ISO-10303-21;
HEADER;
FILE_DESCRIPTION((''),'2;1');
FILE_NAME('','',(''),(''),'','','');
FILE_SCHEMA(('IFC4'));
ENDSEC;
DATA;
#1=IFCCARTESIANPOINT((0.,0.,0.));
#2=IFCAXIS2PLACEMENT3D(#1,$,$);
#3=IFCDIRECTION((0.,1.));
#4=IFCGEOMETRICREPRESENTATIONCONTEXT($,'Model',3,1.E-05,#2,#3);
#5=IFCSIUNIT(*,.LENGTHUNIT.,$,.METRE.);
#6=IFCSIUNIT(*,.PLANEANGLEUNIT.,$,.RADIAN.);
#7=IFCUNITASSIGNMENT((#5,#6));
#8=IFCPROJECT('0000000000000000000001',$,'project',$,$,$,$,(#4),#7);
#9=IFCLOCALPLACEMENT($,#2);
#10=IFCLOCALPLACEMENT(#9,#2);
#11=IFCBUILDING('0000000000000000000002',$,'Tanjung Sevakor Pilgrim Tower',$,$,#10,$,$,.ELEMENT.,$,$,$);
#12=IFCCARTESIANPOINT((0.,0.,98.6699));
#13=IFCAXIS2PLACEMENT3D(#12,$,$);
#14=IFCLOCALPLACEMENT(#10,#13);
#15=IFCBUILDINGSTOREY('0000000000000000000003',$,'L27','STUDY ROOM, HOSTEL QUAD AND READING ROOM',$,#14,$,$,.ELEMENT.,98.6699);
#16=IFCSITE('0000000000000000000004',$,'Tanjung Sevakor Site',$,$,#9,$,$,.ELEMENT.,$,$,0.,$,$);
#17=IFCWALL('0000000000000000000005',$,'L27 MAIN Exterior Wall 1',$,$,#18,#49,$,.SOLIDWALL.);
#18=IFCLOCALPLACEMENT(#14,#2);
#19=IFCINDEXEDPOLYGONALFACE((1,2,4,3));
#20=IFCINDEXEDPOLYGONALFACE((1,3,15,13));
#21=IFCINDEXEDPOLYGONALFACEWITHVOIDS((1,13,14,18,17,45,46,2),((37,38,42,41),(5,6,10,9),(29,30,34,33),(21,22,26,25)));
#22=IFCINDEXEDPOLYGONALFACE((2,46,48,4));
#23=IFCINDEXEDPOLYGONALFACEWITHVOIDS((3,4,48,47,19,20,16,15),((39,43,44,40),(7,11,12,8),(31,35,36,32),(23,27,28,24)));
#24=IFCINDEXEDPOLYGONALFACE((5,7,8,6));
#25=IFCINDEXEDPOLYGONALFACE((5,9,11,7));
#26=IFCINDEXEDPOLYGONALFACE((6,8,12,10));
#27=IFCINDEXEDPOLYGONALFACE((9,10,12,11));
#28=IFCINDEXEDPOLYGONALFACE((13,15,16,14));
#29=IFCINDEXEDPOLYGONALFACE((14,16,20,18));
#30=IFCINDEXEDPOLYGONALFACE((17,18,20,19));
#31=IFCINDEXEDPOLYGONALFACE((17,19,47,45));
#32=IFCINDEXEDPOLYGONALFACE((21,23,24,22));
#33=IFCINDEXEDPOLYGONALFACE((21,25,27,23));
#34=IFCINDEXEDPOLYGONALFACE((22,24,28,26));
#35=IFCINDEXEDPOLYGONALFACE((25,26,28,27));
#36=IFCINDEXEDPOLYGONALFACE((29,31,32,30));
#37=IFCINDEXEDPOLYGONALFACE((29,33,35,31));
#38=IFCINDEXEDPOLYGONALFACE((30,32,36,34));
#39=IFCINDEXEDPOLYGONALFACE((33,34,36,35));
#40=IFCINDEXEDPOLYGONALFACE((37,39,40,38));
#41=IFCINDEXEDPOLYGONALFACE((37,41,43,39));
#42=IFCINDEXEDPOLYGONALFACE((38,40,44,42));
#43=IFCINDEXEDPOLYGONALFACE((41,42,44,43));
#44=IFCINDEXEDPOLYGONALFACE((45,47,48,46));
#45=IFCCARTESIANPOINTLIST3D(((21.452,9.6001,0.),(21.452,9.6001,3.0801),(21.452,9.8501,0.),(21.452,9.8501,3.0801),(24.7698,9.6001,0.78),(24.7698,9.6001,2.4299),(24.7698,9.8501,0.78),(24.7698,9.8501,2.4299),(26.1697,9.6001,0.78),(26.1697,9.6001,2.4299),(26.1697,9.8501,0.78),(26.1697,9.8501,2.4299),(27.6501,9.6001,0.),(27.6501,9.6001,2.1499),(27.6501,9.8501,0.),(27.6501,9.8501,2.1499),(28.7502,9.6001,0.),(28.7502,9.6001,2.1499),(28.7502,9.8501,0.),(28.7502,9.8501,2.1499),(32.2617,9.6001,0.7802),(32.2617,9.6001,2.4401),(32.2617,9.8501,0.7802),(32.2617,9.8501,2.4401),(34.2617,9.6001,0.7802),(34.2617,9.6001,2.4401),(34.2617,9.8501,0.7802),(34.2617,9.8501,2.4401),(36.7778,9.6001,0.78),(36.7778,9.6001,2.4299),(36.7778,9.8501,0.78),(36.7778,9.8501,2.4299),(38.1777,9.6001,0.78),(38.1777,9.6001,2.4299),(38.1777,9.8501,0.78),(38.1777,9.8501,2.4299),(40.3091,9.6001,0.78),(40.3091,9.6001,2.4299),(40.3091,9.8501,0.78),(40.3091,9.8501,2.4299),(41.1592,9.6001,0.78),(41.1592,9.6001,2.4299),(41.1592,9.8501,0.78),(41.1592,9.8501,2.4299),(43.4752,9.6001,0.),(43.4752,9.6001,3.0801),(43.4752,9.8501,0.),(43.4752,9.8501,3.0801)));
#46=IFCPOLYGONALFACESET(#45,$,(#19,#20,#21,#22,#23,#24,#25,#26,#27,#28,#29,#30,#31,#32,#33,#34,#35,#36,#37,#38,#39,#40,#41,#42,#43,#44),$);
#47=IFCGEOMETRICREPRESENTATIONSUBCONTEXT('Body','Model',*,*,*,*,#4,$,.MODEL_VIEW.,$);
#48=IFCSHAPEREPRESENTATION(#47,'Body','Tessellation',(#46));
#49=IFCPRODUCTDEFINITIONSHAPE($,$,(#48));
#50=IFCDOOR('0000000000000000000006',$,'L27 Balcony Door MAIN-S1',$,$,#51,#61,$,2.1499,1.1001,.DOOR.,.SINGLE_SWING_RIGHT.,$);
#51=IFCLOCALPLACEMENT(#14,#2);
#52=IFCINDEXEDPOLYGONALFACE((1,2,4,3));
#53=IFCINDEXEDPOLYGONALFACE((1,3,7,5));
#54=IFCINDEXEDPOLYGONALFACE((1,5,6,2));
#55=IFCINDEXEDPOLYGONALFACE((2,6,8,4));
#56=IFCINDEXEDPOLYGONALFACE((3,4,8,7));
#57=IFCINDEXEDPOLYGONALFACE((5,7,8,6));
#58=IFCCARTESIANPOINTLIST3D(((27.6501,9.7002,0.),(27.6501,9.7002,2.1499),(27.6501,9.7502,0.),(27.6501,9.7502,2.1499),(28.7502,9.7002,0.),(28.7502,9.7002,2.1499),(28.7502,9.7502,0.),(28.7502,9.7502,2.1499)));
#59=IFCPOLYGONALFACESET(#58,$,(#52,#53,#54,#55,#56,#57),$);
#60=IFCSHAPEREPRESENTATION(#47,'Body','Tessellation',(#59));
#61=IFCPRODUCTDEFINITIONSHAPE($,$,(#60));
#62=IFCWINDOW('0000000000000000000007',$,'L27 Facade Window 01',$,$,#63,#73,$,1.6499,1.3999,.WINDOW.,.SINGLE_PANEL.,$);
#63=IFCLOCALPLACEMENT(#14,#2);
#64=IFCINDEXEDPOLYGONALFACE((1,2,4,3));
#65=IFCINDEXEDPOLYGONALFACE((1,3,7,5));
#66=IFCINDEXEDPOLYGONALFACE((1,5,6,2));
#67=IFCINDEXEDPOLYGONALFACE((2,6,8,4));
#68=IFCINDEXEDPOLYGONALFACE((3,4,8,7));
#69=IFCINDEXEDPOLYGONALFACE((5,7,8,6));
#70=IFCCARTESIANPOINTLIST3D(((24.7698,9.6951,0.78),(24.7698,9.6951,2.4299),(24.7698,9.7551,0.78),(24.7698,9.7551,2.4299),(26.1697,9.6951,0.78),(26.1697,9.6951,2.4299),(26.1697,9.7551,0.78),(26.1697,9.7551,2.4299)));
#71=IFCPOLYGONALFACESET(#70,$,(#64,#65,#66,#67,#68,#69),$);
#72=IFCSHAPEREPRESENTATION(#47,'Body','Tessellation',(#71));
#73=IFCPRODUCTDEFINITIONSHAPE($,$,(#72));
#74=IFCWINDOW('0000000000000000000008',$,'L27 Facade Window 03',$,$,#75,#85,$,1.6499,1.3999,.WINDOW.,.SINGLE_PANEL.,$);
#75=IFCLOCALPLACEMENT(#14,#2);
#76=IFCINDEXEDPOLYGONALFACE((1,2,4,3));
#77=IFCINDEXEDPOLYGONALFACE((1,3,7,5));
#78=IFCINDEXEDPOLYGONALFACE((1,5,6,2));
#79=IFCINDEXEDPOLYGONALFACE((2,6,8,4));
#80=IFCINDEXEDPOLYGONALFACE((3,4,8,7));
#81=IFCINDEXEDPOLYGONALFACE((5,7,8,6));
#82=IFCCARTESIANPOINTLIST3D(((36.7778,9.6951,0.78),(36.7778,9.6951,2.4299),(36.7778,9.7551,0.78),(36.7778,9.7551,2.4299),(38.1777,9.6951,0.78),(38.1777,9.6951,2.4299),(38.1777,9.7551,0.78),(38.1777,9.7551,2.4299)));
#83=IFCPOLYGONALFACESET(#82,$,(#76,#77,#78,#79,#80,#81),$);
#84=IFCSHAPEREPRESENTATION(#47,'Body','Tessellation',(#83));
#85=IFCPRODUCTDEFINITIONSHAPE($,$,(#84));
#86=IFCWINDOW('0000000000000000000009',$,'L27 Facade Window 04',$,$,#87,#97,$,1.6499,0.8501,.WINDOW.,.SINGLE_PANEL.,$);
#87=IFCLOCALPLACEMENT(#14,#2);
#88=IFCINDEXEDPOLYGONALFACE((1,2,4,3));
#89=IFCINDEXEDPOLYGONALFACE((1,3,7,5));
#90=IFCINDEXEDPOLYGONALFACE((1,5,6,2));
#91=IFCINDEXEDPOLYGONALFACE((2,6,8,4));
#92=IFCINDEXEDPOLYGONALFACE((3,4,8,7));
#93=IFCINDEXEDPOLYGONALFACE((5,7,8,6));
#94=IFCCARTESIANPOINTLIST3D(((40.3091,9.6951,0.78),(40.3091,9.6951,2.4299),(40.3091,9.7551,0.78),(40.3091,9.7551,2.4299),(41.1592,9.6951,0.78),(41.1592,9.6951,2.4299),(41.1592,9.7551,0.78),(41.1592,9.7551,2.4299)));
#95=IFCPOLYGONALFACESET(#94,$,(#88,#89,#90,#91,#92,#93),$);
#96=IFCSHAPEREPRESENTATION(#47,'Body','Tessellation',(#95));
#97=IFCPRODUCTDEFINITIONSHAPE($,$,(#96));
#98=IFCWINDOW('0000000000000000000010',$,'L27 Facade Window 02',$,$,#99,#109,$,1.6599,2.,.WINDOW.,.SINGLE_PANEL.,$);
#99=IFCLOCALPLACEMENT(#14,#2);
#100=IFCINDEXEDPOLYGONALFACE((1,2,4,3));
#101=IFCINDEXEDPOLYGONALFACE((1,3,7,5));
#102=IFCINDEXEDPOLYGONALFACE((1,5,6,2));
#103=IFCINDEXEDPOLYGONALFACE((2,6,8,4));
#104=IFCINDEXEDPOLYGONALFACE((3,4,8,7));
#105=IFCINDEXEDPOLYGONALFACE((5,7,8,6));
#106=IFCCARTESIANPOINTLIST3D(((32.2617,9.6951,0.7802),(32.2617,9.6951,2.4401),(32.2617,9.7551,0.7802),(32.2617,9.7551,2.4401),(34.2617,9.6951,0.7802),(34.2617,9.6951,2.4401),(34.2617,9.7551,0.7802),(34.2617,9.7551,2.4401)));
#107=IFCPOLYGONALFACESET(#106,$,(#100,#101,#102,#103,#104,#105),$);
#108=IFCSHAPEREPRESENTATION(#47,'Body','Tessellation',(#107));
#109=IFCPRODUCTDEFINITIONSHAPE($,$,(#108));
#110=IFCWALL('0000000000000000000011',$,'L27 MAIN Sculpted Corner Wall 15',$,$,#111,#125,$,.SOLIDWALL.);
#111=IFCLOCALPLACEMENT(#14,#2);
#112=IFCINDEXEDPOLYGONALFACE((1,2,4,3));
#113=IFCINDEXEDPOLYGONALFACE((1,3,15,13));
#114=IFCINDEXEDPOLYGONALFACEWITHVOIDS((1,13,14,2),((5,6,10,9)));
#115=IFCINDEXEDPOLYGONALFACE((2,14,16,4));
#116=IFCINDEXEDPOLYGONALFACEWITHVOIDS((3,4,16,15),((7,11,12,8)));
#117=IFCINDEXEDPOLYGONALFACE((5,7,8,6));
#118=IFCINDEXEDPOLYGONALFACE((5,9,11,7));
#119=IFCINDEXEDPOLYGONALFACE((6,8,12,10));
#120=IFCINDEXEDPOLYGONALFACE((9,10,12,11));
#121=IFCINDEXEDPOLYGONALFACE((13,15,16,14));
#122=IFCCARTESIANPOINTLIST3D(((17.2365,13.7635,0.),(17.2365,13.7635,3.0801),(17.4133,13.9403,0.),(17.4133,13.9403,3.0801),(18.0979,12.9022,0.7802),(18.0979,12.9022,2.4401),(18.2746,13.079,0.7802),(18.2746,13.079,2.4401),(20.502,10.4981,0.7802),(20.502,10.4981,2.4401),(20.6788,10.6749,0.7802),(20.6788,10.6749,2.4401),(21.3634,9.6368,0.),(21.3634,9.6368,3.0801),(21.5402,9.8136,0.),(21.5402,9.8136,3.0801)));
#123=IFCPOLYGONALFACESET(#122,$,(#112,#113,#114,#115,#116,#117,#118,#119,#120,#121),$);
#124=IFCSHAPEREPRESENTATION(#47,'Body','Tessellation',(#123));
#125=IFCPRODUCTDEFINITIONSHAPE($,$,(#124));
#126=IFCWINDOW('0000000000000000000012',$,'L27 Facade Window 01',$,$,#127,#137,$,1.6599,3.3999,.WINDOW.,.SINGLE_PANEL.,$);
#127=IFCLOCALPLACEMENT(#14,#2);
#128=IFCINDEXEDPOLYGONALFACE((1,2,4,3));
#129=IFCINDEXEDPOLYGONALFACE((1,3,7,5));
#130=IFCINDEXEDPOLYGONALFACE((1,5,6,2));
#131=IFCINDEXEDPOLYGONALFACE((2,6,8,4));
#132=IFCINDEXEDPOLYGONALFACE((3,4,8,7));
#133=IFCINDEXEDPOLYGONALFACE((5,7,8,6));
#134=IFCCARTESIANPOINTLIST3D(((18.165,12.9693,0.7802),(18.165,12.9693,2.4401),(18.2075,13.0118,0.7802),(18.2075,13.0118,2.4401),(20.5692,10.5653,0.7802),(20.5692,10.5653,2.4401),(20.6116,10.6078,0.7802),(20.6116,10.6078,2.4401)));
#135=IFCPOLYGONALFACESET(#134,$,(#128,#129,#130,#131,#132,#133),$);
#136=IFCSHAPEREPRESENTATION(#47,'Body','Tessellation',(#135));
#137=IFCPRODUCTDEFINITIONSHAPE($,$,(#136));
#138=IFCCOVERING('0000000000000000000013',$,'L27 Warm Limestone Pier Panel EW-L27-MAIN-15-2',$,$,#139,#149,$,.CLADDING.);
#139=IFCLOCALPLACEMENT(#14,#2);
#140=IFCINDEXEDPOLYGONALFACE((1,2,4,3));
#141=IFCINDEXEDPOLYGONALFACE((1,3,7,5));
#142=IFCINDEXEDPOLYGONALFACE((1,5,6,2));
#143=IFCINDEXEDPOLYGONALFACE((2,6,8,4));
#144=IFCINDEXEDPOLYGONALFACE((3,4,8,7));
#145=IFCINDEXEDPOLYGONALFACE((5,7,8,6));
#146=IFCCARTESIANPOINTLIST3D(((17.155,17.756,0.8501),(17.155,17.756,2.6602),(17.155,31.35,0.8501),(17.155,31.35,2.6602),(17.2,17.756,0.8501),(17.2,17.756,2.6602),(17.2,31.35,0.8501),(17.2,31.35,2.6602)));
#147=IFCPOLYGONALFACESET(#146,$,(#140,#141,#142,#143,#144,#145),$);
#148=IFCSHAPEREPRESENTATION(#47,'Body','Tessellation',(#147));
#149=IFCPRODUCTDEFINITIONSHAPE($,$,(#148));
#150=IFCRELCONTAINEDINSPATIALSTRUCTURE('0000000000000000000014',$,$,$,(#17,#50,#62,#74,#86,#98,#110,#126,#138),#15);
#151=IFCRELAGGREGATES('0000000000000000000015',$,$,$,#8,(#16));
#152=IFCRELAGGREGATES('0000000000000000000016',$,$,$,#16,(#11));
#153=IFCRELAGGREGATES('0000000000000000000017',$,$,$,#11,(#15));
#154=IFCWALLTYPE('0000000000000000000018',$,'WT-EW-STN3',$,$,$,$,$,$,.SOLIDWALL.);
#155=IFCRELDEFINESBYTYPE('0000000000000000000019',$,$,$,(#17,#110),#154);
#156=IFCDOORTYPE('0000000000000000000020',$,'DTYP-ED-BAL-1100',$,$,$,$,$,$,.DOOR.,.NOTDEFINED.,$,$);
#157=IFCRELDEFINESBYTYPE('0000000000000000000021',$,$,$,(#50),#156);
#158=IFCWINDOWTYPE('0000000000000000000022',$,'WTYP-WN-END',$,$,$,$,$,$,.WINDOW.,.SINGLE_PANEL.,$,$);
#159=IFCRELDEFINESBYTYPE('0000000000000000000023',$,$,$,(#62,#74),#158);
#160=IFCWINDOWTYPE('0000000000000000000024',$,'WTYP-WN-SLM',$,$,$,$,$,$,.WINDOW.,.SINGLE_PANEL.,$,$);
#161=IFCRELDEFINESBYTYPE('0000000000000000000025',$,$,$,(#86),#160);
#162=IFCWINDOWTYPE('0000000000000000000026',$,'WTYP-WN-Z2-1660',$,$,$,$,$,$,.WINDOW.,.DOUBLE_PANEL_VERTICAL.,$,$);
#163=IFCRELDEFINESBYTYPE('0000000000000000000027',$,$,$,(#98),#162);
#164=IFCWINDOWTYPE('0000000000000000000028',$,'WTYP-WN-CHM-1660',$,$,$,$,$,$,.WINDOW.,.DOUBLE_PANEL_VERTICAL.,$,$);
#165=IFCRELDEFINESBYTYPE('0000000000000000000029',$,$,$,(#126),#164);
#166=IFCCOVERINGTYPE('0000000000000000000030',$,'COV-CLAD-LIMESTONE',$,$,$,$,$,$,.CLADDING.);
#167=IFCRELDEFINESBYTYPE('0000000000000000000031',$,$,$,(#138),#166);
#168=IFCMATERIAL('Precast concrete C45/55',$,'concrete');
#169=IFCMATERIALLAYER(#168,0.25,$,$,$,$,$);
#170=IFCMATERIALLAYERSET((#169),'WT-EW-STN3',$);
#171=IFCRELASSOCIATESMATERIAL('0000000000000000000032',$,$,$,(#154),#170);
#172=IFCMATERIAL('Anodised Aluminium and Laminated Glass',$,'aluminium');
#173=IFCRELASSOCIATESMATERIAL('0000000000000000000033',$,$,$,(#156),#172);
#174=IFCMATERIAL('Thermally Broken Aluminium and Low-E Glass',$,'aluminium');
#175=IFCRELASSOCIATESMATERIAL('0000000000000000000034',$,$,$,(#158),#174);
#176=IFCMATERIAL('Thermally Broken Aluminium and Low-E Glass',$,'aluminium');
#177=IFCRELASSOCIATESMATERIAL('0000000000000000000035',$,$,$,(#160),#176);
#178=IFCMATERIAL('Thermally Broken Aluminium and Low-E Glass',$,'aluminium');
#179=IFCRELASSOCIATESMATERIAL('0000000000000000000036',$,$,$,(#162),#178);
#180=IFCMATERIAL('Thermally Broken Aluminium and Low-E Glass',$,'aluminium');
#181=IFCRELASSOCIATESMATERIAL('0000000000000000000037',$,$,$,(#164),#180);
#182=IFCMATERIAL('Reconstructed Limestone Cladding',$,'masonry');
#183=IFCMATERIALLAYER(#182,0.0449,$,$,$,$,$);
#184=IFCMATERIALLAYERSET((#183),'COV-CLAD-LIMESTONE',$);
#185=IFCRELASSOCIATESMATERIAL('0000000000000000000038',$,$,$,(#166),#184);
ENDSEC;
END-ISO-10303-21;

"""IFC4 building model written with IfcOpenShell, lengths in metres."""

from ifc_helpers import new_model, si_unit, direction, frame, frame_2d, origin, origin_2d, place, context, subcontext, project, spatial, rectangle, extrude, material, layer, layer_set, type_object, element, fill, save


model = new_model("IFC4")

# Units and contexts
model_context = context("Model", 3, precision=1e-05, world=origin(), true_north=direction((0.0, 1.0)))
body_context = subcontext(model_context, "Body", "Model", "MODEL_VIEW")
ifc_project = project(units=[si_unit("LENGTHUNIT", "METRE"), si_unit("PLANEANGLEUNIT", "RADIAN")], contexts=[model_context])

# Site, building, storey
site_placement = place(None, origin())
site = spatial("IfcSite", under=ifc_project, at=site_placement, Name="Tanjung Sevakor Site", CompositionType="ELEMENT", RefElevation=0.0)
building_placement = place(site_placement, origin())
building = spatial("IfcBuilding", under=site, at=building_placement, Name="Tanjung Sevakor Pilgrim Tower", CompositionType="ELEMENT")
storey_placement = place(building_placement, frame((0.0, 0.0, 98.6699)))
storey = spatial("IfcBuildingStorey", under=building, at=storey_placement, Name="L27", Description="STUDY ROOM, HOSTEL QUAD AND READING ROOM", CompositionType="ELEMENT", Elevation=98.6699)

# Wall, openings, door, windows
ifc_material_1 = material(Name="Precast concrete C45/55", Category="concrete")
ifc_layer_1 = layer(ifc_material_1, 0.25)
ifc_layer_set_1 = layer_set([ifc_layer_1], Name="WT-EW-STN3")
wall_type_1 = type_object("IfcWallType", Name="WT-EW-STN3", PredefinedType="SOLIDWALL", material=ifc_layer_set_1)
wall_1_placement = place(storey_placement, frame((21.4519, 9.7251, 0.0), z_axis=(0.0, 0.0, 1.0), x_axis=(1.0, 0.0, 0.0)))
wall_1 = element("IfcWall", 1, at=wall_1_placement, inside=storey, type_object=wall_type_1, Name="L27 MAIN Exterior Wall 1", PredefinedType="SOLIDWALL", context=body_context, shape_type="SweptSolid", body=[
    extrude(rectangle(XDim=22.0232, YDim=0.25, at=frame_2d((11.0117, 0.0))), origin(), (0.0, 0.0, 1.0), 3.0801),
])
opening_1_placement = place(wall_1_placement, frame((6.1982, 0.0, 0.0)))
opening_1 = element("IfcOpeningElement", 2, at=opening_1_placement, cuts=wall_1, PredefinedType="OPENING", context=body_context, shape_type="SweptSolid", body=[
    extrude(rectangle(XDim=1.1001, YDim=2.1499, at=frame_2d((0.55, 1.075))), frame((0.0, 0.135, 0.0), z_axis=(0.0, -1.0, 0.0), x_axis=(1.0, 0.0, 0.0)), (0.0, 0.0, 1.0), 0.27),
])
opening_2_placement = place(wall_1_placement, frame((3.3179, 0.0, 0.78)))
opening_2 = element("IfcOpeningElement", 3, at=opening_2_placement, cuts=wall_1, PredefinedType="OPENING", context=body_context, shape_type="SweptSolid", body=[
    extrude(rectangle(XDim=1.3999, YDim=1.6499, at=frame_2d((0.7, 0.825))), frame((0.0, 0.135, 0.0), z_axis=(0.0, -1.0, 0.0), x_axis=(1.0, 0.0, 0.0)), (0.0, 0.0, 1.0), 0.27),
])
opening_3_placement = place(wall_1_placement, frame((10.8098, 0.0, 0.78)))
opening_3 = element("IfcOpeningElement", 4, at=opening_3_placement, cuts=wall_1, PredefinedType="OPENING", context=body_context, shape_type="SweptSolid", body=[
    extrude(rectangle(XDim=2.0, YDim=1.6599, at=frame_2d((1.0, 0.8301))), frame((0.0, 0.135, 0.0), z_axis=(0.0, -1.0, 0.0), x_axis=(1.0, 0.0, 0.0)), (0.0, 0.0, 1.0), 0.27),
])
opening_4_placement = place(wall_1_placement, frame((15.3259, 0.0, 0.78)))
opening_4 = element("IfcOpeningElement", 5, at=opening_4_placement, cuts=wall_1, PredefinedType="OPENING", context=body_context, shape_type="SweptSolid", body=[
    extrude(rectangle(XDim=1.3999, YDim=1.6499, at=frame_2d((0.7, 0.825))), frame((0.0, 0.135, 0.0), z_axis=(0.0, -1.0, 0.0), x_axis=(1.0, 0.0, 0.0)), (0.0, 0.0, 1.0), 0.27),
])
opening_5_placement = place(wall_1_placement, frame((18.8572, 0.0, 0.78)))
opening_5 = element("IfcOpeningElement", 6, at=opening_5_placement, cuts=wall_1, PredefinedType="OPENING", context=body_context, shape_type="SweptSolid", body=[
    extrude(rectangle(XDim=0.8501, YDim=1.6499, at=frame_2d((0.425, 0.825))), frame((0.0, 0.135, 0.0), z_axis=(0.0, -1.0, 0.0), x_axis=(1.0, 0.0, 0.0)), (0.0, 0.0, 1.0), 0.27),
])
ifc_material_2 = material(Name="Anodised Aluminium and Laminated Glass", Category="aluminium")
door_type_1 = type_object("IfcDoorType", Name="DTYP-ED-BAL-1100", OperationType="NOTDEFINED", PredefinedType="DOOR", material=ifc_material_2)
door_1_placement = place(opening_1_placement, frame((1.1001, 0.0, 0.0), z_axis=(0.0, 0.0, 1.0), x_axis=(-1.0, 0.0, 0.0)))
door_1 = element("IfcDoor", 7, at=door_1_placement, inside=storey, type_object=door_type_1, Name="L27 Balcony Door MAIN-S1", OperationType="SINGLE_SWING_RIGHT", OverallHeight=2.1499, OverallWidth=1.1001, PredefinedType="DOOR", context=body_context, shape_type="SweptSolid", body=[
    extrude(rectangle(XDim=1.1001, YDim=2.1499, at=frame_2d((0.55, 1.075))), frame((0.0, 0.0249, 0.0), z_axis=(0.0, -1.0, 0.0), x_axis=(1.0, 0.0, 0.0)), (0.0, 0.0, 1.0), 0.05),
])
fill(opening_1, door_1)
ifc_material_3 = material(Name="Thermally Broken Aluminium and Low-E Glass", Category="aluminium")
window_type_1 = type_object("IfcWindowType", Name="WTYP-WN-END", PartitioningType="SINGLE_PANEL", PredefinedType="WINDOW", material=ifc_material_3)
window_1_placement = place(opening_2_placement, origin())
window_1 = element("IfcWindow", 8, at=window_1_placement, inside=storey, type_object=window_type_1, Name="L27 Facade Window 01", OverallHeight=1.6499, OverallWidth=1.3999, PartitioningType="SINGLE_PANEL", PredefinedType="WINDOW", context=body_context, shape_type="SweptSolid", body=[
    extrude(rectangle(XDim=1.3999, YDim=1.6499, at=frame_2d((0.7, 0.825))), frame((0.0, 0.03, 0.0), z_axis=(0.0, -1.0, 0.0), x_axis=(1.0, 0.0, 0.0)), (0.0, 0.0, 1.0), 0.0601),
])
fill(opening_2, window_1)
window_2_placement = place(opening_4_placement, origin())
window_2 = element("IfcWindow", 9, at=window_2_placement, inside=storey, type_object=window_type_1, Name="L27 Facade Window 03", OverallHeight=1.6499, OverallWidth=1.3999, PartitioningType="SINGLE_PANEL", PredefinedType="WINDOW", context=body_context, shape_type="SweptSolid", body=[
    extrude(rectangle(XDim=1.3999, YDim=1.6499, at=frame_2d((0.7, 0.825))), frame((0.0, 0.03, 0.0), z_axis=(0.0, -1.0, 0.0), x_axis=(1.0, 0.0, 0.0)), (0.0, 0.0, 1.0), 0.0601),
])
fill(opening_4, window_2)
ifc_material_4 = material(Name="Thermally Broken Aluminium and Low-E Glass", Category="aluminium")
window_type_2 = type_object("IfcWindowType", Name="WTYP-WN-SLM", PartitioningType="SINGLE_PANEL", PredefinedType="WINDOW", material=ifc_material_4)
window_3_placement = place(opening_5_placement, origin())
window_3 = element("IfcWindow", 10, at=window_3_placement, inside=storey, type_object=window_type_2, Name="L27 Facade Window 04", OverallHeight=1.6499, OverallWidth=0.8501, PartitioningType="SINGLE_PANEL", PredefinedType="WINDOW", context=body_context, shape_type="SweptSolid", body=[
    extrude(rectangle(XDim=0.8501, YDim=1.6499, at=frame_2d((0.425, 0.825))), frame((0.0, 0.03, 0.0), z_axis=(0.0, -1.0, 0.0), x_axis=(1.0, 0.0, 0.0)), (0.0, 0.0, 1.0), 0.0601),
])
fill(opening_5, window_3)
ifc_material_5 = material(Name="Thermally Broken Aluminium and Low-E Glass", Category="aluminium")
window_type_3 = type_object("IfcWindowType", Name="WTYP-WN-Z2-1660", PartitioningType="DOUBLE_PANEL_VERTICAL", PredefinedType="WINDOW", material=ifc_material_5)
window_4_placement = place(opening_3_placement, origin())
window_4 = element("IfcWindow", 11, at=window_4_placement, inside=storey, type_object=window_type_3, Name="L27 Facade Window 02", OverallHeight=1.6599, OverallWidth=2.0, PartitioningType="SINGLE_PANEL", PredefinedType="WINDOW", context=body_context, shape_type="SweptSolid", body=[
    extrude(rectangle(XDim=2.0, YDim=1.6599, at=frame_2d((1.0, 0.8301))), frame((0.0, 0.03, 0.0), z_axis=(0.0, -1.0, 0.0), x_axis=(1.0, 0.0, 0.0)), (0.0, 0.0, 1.0), 0.0601),
])
fill(opening_3, window_4)

# Wall, opening, window
wall_2_placement = place(storey_placement, frame((17.325, 13.8518, 0.0), z_axis=(0.0, 0.0, 1.0), x_axis=(0.707128, -0.707086, 0.0)))
wall_2 = element("IfcWall", 12, at=wall_2_placement, inside=storey, type_object=wall_type_1, Name="L27 MAIN Sculpted Corner Wall 15", PredefinedType="SOLIDWALL", context=body_context, shape_type="SweptSolid", body=[
    extrude(rectangle(XDim=5.8362, YDim=0.25, at=frame_2d((2.918, 0.0))), origin(), (0.0, 0.0, 1.0), 3.0801),
])
opening_6_placement = place(wall_2_placement, frame((1.218, 0.0, 0.78)))
opening_6 = element("IfcOpeningElement", 13, at=opening_6_placement, cuts=wall_2, PredefinedType="OPENING", context=body_context, shape_type="SweptSolid", body=[
    extrude(rectangle(XDim=3.3999, YDim=1.6599, at=frame_2d((1.7, 0.8301))), frame((0.0, 0.135, 0.0), z_axis=(0.0, -1.0, 0.0), x_axis=(1.0, 0.0, 0.0)), (0.0, 0.0, 1.0), 0.27),
])
ifc_material_6 = material(Name="Thermally Broken Aluminium and Low-E Glass", Category="aluminium")
window_type_4 = type_object("IfcWindowType", Name="WTYP-WN-CHM-1660", PartitioningType="DOUBLE_PANEL_VERTICAL", PredefinedType="WINDOW", material=ifc_material_6)
window_5_placement = place(opening_6_placement, origin())
window_5 = element("IfcWindow", 14, at=window_5_placement, inside=storey, type_object=window_type_4, Name="L27 Facade Window 01", OverallHeight=1.6599, OverallWidth=3.3999, PartitioningType="SINGLE_PANEL", PredefinedType="WINDOW", context=body_context, shape_type="SweptSolid", body=[
    extrude(rectangle(XDim=3.3999, YDim=1.6599, at=frame_2d((1.7, 0.8301))), frame((0.0, 0.03, 0.0), z_axis=(0.0, -1.0, 0.0), x_axis=(1.0, 0.0, 0.0)), (0.0, 0.0, 1.0), 0.0601),
])
fill(opening_6, window_5)

# Covering
ifc_material_7 = material(Name="Reconstructed Limestone Cladding", Category="masonry")
ifc_layer_2 = layer(ifc_material_7, 0.0449)
ifc_layer_set_2 = layer_set([ifc_layer_2], Name="COV-CLAD-LIMESTONE")
covering_type = type_object("IfcCoveringType", Name="COV-CLAD-LIMESTONE", PredefinedType="CLADDING", material=ifc_layer_set_2)
covering_1_placement = place(storey_placement, frame((17.1775, 24.553, 0.8501), z_axis=(0.0, 0.0, 1.0), x_axis=(0.0, -1.0, 0.0)))
element("IfcCovering", 15, at=covering_1_placement, inside=storey, type_object=covering_type, Name="L27 Warm Limestone Pier Panel EW-L27-MAIN-15-2", PredefinedType="CLADDING", context=body_context, shape_type="SweptSolid", body=[
    extrude(rectangle(XDim=13.594, YDim=0.0449, at=origin_2d()), origin(), (0.0, 0.0, 1.0), 1.8101),
])

save(model, "model.ifc")
